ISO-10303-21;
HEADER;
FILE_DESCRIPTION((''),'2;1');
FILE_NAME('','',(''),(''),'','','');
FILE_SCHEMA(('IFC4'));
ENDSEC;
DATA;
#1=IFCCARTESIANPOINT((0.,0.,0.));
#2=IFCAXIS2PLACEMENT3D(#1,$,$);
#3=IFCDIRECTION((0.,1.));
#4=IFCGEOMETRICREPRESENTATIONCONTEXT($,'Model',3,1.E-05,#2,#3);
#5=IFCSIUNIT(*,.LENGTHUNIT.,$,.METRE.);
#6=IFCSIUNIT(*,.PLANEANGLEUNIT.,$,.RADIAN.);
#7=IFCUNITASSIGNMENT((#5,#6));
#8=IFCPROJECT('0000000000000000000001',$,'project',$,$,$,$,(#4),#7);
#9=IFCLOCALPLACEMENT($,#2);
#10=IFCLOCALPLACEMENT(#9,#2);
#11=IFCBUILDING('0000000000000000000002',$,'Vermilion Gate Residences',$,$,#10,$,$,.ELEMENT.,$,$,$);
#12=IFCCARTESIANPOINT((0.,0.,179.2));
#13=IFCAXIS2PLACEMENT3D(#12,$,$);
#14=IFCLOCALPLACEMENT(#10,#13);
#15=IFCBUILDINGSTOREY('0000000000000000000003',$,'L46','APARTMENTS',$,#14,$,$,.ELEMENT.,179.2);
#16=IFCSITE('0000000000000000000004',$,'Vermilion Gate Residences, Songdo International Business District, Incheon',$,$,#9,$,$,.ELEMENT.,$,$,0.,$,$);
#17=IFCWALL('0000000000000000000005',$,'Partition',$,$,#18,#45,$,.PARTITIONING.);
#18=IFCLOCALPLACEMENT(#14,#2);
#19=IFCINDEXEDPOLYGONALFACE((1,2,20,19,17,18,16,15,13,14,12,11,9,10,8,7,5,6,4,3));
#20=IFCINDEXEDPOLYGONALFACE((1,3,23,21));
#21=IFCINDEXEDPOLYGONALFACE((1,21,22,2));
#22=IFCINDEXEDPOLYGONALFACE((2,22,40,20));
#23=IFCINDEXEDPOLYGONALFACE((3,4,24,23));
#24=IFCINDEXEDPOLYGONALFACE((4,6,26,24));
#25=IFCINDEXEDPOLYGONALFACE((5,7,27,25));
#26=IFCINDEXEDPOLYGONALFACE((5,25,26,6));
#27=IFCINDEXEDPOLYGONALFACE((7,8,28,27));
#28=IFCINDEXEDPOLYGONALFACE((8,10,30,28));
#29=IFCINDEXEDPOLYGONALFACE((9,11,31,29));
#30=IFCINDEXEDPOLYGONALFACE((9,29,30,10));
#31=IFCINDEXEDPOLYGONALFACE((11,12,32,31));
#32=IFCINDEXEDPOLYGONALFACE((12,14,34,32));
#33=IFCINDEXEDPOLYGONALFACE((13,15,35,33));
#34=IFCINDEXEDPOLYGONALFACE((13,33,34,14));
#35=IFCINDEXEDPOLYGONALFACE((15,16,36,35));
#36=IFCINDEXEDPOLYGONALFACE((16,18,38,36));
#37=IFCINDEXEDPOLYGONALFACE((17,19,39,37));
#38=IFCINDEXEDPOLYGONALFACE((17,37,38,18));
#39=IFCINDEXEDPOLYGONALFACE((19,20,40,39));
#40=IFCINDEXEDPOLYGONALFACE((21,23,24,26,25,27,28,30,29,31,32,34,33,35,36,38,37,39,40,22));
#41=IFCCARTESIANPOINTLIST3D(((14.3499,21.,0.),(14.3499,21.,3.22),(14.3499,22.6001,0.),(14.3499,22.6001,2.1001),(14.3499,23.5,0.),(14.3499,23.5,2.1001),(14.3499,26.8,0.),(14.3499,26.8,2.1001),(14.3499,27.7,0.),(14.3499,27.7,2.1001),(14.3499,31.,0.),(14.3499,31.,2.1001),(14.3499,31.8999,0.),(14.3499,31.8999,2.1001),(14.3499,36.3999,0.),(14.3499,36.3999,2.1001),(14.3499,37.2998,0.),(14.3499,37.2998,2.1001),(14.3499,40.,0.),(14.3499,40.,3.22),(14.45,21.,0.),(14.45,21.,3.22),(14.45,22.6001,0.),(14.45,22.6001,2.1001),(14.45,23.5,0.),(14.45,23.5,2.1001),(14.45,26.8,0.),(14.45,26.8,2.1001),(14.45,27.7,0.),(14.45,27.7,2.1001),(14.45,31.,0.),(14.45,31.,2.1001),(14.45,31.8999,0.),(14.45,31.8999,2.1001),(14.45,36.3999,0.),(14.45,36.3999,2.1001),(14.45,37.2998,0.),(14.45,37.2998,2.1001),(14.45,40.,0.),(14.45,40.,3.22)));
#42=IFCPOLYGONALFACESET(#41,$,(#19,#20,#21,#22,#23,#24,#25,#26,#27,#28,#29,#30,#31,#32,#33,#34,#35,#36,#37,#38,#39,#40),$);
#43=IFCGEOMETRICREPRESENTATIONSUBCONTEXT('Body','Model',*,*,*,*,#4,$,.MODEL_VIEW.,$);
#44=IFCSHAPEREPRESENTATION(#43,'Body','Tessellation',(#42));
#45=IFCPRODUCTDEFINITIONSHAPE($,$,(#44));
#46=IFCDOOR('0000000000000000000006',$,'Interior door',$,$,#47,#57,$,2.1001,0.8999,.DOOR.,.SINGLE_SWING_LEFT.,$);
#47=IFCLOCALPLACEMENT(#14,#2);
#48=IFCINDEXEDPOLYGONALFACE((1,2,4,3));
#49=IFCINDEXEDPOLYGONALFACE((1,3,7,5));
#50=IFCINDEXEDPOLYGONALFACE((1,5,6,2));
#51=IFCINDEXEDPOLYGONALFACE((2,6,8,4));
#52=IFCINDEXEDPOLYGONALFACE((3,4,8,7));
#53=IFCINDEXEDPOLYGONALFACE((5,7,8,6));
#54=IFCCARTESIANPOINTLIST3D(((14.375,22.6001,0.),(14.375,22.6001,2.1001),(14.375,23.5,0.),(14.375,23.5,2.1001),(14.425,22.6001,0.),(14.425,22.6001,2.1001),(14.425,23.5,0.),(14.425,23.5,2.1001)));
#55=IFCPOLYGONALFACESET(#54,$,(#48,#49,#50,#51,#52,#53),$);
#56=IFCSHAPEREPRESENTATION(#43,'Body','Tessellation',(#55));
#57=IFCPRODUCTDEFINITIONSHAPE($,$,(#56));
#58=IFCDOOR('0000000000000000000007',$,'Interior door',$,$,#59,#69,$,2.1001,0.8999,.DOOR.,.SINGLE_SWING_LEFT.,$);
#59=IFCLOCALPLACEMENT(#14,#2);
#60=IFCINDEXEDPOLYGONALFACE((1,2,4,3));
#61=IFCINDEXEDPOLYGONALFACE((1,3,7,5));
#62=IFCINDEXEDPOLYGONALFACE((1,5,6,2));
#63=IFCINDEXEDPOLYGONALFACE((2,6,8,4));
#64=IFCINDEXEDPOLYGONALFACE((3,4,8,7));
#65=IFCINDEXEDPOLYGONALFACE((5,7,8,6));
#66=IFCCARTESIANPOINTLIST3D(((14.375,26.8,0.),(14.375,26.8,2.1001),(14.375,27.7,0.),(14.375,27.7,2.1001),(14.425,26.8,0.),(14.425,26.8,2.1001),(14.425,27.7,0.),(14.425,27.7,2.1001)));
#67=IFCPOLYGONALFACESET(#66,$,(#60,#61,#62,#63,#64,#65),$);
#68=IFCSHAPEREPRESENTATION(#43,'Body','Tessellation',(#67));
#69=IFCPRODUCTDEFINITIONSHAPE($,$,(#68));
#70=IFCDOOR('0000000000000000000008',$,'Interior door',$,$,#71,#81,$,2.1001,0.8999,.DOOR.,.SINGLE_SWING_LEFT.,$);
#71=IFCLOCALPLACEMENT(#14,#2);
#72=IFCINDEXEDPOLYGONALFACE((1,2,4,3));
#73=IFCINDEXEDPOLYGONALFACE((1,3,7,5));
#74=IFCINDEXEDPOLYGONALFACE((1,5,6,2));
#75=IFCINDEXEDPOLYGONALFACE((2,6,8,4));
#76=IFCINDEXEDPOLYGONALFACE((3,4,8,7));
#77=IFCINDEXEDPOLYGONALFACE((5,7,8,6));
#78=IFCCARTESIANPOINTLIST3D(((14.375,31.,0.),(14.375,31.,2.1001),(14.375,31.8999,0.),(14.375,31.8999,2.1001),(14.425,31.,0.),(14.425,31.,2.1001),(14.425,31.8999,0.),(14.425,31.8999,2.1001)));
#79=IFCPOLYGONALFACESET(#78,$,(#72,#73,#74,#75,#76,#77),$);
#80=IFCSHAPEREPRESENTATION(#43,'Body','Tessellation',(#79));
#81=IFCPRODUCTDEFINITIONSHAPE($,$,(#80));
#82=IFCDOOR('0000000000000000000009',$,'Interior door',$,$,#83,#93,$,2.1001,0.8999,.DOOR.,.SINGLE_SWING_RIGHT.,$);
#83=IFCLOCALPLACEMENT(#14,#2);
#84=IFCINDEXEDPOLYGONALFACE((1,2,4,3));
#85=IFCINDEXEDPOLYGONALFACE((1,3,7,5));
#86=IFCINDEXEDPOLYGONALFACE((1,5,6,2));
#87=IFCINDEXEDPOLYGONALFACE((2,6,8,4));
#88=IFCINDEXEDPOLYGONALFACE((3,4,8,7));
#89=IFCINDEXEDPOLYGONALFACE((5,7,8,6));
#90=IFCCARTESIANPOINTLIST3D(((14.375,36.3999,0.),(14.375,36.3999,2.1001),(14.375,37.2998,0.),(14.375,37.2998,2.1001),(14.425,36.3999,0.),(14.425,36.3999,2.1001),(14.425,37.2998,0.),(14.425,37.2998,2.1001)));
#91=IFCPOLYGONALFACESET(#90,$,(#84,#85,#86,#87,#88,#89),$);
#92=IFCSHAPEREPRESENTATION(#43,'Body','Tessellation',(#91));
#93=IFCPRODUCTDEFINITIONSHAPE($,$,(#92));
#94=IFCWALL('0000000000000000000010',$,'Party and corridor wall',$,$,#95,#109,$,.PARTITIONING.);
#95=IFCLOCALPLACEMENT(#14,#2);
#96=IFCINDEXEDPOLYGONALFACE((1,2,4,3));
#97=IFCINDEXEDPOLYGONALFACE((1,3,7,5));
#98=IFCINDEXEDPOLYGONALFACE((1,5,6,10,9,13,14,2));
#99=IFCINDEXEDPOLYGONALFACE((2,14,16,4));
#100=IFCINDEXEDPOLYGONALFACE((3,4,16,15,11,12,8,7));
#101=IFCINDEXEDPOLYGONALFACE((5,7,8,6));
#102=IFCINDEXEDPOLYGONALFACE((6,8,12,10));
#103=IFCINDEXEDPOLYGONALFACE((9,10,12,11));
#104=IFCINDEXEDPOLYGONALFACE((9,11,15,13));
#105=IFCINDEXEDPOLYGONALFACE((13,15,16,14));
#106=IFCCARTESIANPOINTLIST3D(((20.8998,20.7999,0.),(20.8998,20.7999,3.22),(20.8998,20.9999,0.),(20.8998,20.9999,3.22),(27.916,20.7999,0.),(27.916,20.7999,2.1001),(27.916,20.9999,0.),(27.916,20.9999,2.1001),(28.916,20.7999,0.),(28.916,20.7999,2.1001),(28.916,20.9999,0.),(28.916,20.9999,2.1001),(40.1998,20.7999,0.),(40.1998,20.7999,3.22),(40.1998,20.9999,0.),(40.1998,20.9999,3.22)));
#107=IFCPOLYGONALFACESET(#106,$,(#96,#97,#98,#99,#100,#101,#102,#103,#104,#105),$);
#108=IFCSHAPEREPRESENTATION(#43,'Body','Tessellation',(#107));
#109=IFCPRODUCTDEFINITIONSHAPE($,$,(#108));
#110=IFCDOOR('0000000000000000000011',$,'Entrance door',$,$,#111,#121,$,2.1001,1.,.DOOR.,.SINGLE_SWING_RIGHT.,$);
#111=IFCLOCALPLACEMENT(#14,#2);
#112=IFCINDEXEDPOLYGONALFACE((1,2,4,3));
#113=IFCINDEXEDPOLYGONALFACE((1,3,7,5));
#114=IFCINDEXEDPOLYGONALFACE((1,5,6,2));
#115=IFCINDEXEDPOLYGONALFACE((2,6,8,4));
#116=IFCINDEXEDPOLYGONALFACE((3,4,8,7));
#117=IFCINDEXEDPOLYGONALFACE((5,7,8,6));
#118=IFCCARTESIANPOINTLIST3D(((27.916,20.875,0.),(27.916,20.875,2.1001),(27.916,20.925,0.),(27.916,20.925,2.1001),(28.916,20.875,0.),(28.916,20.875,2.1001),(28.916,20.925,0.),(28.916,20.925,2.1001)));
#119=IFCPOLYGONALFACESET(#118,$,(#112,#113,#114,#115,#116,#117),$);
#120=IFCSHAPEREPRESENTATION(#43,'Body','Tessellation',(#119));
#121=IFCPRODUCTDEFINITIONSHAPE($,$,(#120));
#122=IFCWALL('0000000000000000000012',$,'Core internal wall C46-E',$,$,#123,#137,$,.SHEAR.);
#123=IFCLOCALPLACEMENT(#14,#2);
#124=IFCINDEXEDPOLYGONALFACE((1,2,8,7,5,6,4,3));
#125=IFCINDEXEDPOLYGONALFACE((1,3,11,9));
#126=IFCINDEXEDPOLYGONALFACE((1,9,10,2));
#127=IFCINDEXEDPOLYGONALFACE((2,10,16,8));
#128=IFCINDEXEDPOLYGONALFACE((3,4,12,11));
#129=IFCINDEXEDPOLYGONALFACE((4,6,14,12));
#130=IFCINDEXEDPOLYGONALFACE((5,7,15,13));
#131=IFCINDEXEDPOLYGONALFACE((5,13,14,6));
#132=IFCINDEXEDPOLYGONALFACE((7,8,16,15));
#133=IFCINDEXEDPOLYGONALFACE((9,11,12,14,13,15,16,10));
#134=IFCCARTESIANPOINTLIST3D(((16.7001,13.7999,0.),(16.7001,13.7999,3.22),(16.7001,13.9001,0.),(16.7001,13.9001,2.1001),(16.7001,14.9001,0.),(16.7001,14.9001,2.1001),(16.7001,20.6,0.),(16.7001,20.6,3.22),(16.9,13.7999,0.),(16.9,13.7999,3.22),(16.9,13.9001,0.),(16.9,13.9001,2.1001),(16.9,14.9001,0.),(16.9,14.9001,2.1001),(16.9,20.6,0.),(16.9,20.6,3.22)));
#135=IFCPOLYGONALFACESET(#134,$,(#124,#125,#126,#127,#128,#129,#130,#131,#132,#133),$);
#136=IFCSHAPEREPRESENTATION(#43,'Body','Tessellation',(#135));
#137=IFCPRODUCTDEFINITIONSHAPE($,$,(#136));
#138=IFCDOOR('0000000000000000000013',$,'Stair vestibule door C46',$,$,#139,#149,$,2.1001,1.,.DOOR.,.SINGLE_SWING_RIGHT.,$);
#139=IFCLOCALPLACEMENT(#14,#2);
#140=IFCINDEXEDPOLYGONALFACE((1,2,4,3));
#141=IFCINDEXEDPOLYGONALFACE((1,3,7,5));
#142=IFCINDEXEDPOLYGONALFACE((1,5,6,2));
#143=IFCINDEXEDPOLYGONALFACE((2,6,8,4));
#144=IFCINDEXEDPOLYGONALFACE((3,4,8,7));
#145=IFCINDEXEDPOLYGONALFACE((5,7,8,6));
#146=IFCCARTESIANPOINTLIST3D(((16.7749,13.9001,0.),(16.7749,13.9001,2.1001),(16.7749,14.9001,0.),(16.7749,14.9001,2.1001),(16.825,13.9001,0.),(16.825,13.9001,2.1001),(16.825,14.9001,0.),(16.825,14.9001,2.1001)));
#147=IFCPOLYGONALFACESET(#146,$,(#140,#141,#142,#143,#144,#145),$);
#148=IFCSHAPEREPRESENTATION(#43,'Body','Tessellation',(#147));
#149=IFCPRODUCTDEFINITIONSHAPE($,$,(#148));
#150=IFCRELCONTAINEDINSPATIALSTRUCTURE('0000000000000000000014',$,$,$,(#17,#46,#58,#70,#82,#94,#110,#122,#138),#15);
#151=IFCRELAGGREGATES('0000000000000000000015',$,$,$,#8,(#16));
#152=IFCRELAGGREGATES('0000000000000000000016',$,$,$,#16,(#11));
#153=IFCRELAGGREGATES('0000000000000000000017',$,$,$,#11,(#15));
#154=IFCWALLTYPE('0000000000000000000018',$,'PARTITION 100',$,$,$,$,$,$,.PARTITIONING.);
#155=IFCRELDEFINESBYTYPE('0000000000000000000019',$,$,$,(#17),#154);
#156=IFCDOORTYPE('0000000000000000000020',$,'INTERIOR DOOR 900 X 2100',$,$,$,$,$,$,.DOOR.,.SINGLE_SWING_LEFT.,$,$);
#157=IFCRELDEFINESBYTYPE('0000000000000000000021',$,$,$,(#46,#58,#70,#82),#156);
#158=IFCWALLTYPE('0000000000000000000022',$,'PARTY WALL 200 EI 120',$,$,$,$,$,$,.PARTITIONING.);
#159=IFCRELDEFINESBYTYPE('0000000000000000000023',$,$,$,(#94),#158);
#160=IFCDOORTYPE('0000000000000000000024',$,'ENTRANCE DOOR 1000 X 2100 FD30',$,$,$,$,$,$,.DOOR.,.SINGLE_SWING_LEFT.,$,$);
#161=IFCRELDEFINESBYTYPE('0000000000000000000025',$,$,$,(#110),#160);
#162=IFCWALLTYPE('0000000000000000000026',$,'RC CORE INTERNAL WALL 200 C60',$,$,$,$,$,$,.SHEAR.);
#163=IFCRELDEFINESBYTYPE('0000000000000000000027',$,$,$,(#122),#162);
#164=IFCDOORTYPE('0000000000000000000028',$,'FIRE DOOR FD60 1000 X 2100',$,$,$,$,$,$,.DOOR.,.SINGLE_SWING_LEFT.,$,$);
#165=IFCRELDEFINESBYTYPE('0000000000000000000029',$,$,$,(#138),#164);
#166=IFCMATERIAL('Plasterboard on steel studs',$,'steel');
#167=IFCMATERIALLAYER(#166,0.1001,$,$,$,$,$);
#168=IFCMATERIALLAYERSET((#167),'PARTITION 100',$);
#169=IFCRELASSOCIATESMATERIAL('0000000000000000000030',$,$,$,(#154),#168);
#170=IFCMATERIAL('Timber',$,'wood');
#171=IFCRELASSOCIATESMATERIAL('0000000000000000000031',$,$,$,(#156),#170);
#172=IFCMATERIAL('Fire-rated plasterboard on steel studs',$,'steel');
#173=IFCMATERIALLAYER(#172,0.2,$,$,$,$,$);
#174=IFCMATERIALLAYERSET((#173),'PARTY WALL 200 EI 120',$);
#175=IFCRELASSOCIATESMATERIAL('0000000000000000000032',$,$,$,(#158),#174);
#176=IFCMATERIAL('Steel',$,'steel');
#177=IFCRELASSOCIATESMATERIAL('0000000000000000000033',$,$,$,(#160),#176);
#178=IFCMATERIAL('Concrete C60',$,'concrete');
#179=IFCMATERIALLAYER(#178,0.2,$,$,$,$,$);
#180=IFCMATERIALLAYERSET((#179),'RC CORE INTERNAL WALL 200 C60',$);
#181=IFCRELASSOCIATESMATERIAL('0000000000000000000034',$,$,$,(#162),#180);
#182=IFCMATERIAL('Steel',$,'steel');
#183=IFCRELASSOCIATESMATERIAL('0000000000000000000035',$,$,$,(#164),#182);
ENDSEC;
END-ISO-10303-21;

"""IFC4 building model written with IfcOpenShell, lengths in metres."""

from ifc_helpers import new_model, si_unit, direction, frame, frame_2d, origin, place, context, subcontext, project, spatial, rectangle, extrude, material, layer, layer_set, type_object, element, fill, save


model = new_model("IFC4")

# Units and contexts
model_context = context("Model", 3, precision=1e-05, world=origin(), true_north=direction((0.0, 1.0)))
body_context = subcontext(model_context, "Body", "Model", "MODEL_VIEW")
ifc_project = project(units=[si_unit("LENGTHUNIT", "METRE"), si_unit("PLANEANGLEUNIT", "RADIAN")], contexts=[model_context])

# Site, building, storey
site_placement = place(None, origin())
site = spatial("IfcSite", under=ifc_project, at=site_placement, Name="Vermilion Gate Residences, Songdo International Business District, Incheon", CompositionType="ELEMENT", RefElevation=0.0)
building_placement = place(site_placement, origin())
building = spatial("IfcBuilding", under=site, at=building_placement, Name="Vermilion Gate Residences", CompositionType="ELEMENT")
storey_placement = place(building_placement, frame((0.0, 0.0, 179.2)))
storey = spatial("IfcBuildingStorey", under=building, at=storey_placement, Name="L46", Description="APARTMENTS", CompositionType="ELEMENT", Elevation=179.2)

# Wall, openings, doors
ifc_material_1 = material(Name="Plasterboard on steel studs", Category="steel")
ifc_layer_1 = layer(ifc_material_1, 0.1001)
ifc_layer_set_1 = layer_set([ifc_layer_1], Name="PARTITION 100")
wall_type_1 = type_object("IfcWallType", Name="PARTITION 100", PredefinedType="PARTITIONING", material=ifc_layer_set_1)
ifc_material_2 = material(Name="Timber", Category="wood")
door_type_1 = type_object("IfcDoorType", Name="INTERIOR DOOR 900 X 2100", OperationType="SINGLE_SWING_LEFT", PredefinedType="DOOR", material=ifc_material_2)
wall_1_placement = place(storey_placement, frame((14.3999, 21.0, 0.0), z_axis=(0.0, 0.0, 1.0), x_axis=(0.0, 1.0, 0.0)))
wall_1 = element("IfcWall", 1, at=wall_1_placement, inside=storey, type_object=wall_type_1, Name="Partition", PredefinedType="PARTITIONING", context=body_context, shape_type="SweptSolid", body=[
    extrude(rectangle(XDim=19.0, YDim=0.1001, at=frame_2d((9.5, 0.0))), origin(), (0.0, 0.0, 1.0), 3.22),
])
opening_1_placement = place(wall_1_placement, frame((1.6001, 0.0, 0.0)))
opening_1 = element("IfcOpeningElement", 2, at=opening_1_placement, cuts=wall_1, PredefinedType="OPENING", context=body_context, shape_type="SweptSolid", body=[
    extrude(rectangle(XDim=0.8999, YDim=2.1001, at=frame_2d((0.45, 1.05))), frame((0.0, 0.0601, 0.0), z_axis=(0.0, -1.0, 0.0), x_axis=(1.0, 0.0, 0.0)), (0.0, 0.0, 1.0), 0.1201),
])
opening_2_placement = place(wall_1_placement, frame((5.8, 0.0, 0.0)))
opening_2 = element("IfcOpeningElement", 3, at=opening_2_placement, cuts=wall_1, PredefinedType="OPENING", context=body_context, shape_type="SweptSolid", body=[
    extrude(rectangle(XDim=0.8999, YDim=2.1001, at=frame_2d((0.45, 1.05))), frame((0.0, 0.0601, 0.0), z_axis=(0.0, -1.0, 0.0), x_axis=(1.0, 0.0, 0.0)), (0.0, 0.0, 1.0), 0.1201),
])
opening_3_placement = place(wall_1_placement, frame((10.0, 0.0, 0.0)))
opening_3 = element("IfcOpeningElement", 4, at=opening_3_placement, cuts=wall_1, PredefinedType="OPENING", context=body_context, shape_type="SweptSolid", body=[
    extrude(rectangle(XDim=0.8999, YDim=2.1001, at=frame_2d((0.45, 1.05))), frame((0.0, 0.0601, 0.0), z_axis=(0.0, -1.0, 0.0), x_axis=(1.0, 0.0, 0.0)), (0.0, 0.0, 1.0), 0.1201),
])
opening_4_placement = place(wall_1_placement, frame((15.3999, 0.0, 0.0)))
opening_4 = element("IfcOpeningElement", 5, at=opening_4_placement, cuts=wall_1, PredefinedType="OPENING", context=body_context, shape_type="SweptSolid", body=[
    extrude(rectangle(XDim=0.8999, YDim=2.1001, at=frame_2d((0.45, 1.05))), frame((0.0, 0.0601, 0.0), z_axis=(0.0, -1.0, 0.0), x_axis=(1.0, 0.0, 0.0)), (0.0, 0.0, 1.0), 0.1201),
])
door_1_placement = place(opening_1_placement, origin())
door_1 = element("IfcDoor", 6, at=door_1_placement, inside=storey, type_object=door_type_1, Name="Interior door", OperationType="SINGLE_SWING_LEFT", OverallHeight=2.1001, OverallWidth=0.8999, PredefinedType="DOOR", context=body_context, shape_type="SweptSolid", body=[
    extrude(rectangle(XDim=0.8999, YDim=2.1001, at=frame_2d((0.45, 1.05))), frame((0.0, 0.0249, 0.0), z_axis=(0.0, -1.0, 0.0), x_axis=(1.0, 0.0, 0.0)), (0.0, 0.0, 1.0), 0.05),
])
fill(opening_1, door_1)
door_2_placement = place(opening_2_placement, origin())
door_2 = element("IfcDoor", 7, at=door_2_placement, inside=storey, type_object=door_type_1, Name="Interior door", OperationType="SINGLE_SWING_LEFT", OverallHeight=2.1001, OverallWidth=0.8999, PredefinedType="DOOR", context=body_context, shape_type="SweptSolid", body=[
    extrude(rectangle(XDim=0.8999, YDim=2.1001, at=frame_2d((0.45, 1.05))), frame((0.0, 0.0249, 0.0), z_axis=(0.0, -1.0, 0.0), x_axis=(1.0, 0.0, 0.0)), (0.0, 0.0, 1.0), 0.05),
])
fill(opening_2, door_2)
door_3_placement = place(opening_3_placement, origin())
door_3 = element("IfcDoor", 8, at=door_3_placement, inside=storey, type_object=door_type_1, Name="Interior door", OperationType="SINGLE_SWING_LEFT", OverallHeight=2.1001, OverallWidth=0.8999, PredefinedType="DOOR", context=body_context, shape_type="SweptSolid", body=[
    extrude(rectangle(XDim=0.8999, YDim=2.1001, at=frame_2d((0.45, 1.05))), frame((0.0, 0.0249, 0.0), z_axis=(0.0, -1.0, 0.0), x_axis=(1.0, 0.0, 0.0)), (0.0, 0.0, 1.0), 0.05),
])
fill(opening_3, door_3)
door_4_placement = place(opening_4_placement, origin())
door_4 = element("IfcDoor", 9, at=door_4_placement, inside=storey, type_object=door_type_1, Name="Interior door", OperationType="SINGLE_SWING_RIGHT", OverallHeight=2.1001, OverallWidth=0.8999, PredefinedType="DOOR", context=body_context, shape_type="SweptSolid", body=[
    extrude(rectangle(XDim=0.8999, YDim=2.1001, at=frame_2d((0.45, 1.05))), frame((0.0, 0.0249, 0.0), z_axis=(0.0, -1.0, 0.0), x_axis=(1.0, 0.0, 0.0)), (0.0, 0.0, 1.0), 0.05),
])
fill(opening_4, door_4)

# Walls, openings, doors
ifc_material_3 = material(Name="Fire-rated plasterboard on steel studs", Category="steel")
ifc_layer_2 = layer(ifc_material_3, 0.2)
ifc_layer_set_2 = layer_set([ifc_layer_2], Name="PARTY WALL 200 EI 120")
wall_type_2 = type_object("IfcWallType", Name="PARTY WALL 200 EI 120", PredefinedType="PARTITIONING", material=ifc_layer_set_2)
wall_2_placement = place(storey_placement, frame((20.8999, 20.8999, 0.0), z_axis=(0.0, 0.0, 1.0), x_axis=(1.0, 0.0, 0.0)))
wall_2 = element("IfcWall", 10, at=wall_2_placement, inside=storey, type_object=wall_type_2, Name="Party and corridor wall", PredefinedType="PARTITIONING", context=body_context, shape_type="SweptSolid", body=[
    extrude(rectangle(XDim=19.3, YDim=0.2, at=frame_2d((9.6499, 0.0))), origin(), (0.0, 0.0, 1.0), 3.22),
])
opening_5_placement = place(wall_2_placement, frame((7.0161, 0.0, 0.0)))
opening_5 = element("IfcOpeningElement", 11, at=opening_5_placement, cuts=wall_2, PredefinedType="OPENING", context=body_context, shape_type="SweptSolid", body=[
    extrude(rectangle(XDim=1.0, YDim=2.1001, at=frame_2d((0.5, 1.05))), frame((0.0, 0.1099, 0.0), z_axis=(0.0, -1.0, 0.0), x_axis=(1.0, 0.0, 0.0)), (0.0, 0.0, 1.0), 0.22),
])
ifc_material_4 = material(Name="Steel", Category="steel")
door_type_2 = type_object("IfcDoorType", Name="ENTRANCE DOOR 1000 X 2100 FD30", OperationType="SINGLE_SWING_LEFT", PredefinedType="DOOR", material=ifc_material_4)
door_5_placement = place(opening_5_placement, frame((1.0, 0.0, 0.0), z_axis=(0.0, 0.0, 1.0), x_axis=(-1.0, 0.0, 0.0)))
door_5 = element("IfcDoor", 12, at=door_5_placement, inside=storey, type_object=door_type_2, Name="Entrance door", OperationType="SINGLE_SWING_RIGHT", OverallHeight=2.1001, OverallWidth=1.0, PredefinedType="DOOR", context=body_context, shape_type="SweptSolid", body=[
    extrude(rectangle(XDim=1.0, YDim=2.1001, at=frame_2d((0.5, 1.05))), frame((0.0, 0.0249, 0.0), z_axis=(0.0, -1.0, 0.0), x_axis=(1.0, 0.0, 0.0)), (0.0, 0.0, 1.0), 0.05),
])
fill(opening_5, door_5)
ifc_material_5 = material(Name="Concrete C60", Category="concrete")
ifc_layer_3 = layer(ifc_material_5, 0.2)
ifc_layer_set_3 = layer_set([ifc_layer_3], Name="RC CORE INTERNAL WALL 200 C60")
wall_type_3 = type_object("IfcWallType", Name="RC CORE INTERNAL WALL 200 C60", PredefinedType="SHEAR", material=ifc_layer_set_3)
wall_3_placement = place(storey_placement, frame((16.8, 13.8, 0.0), z_axis=(0.0, 0.0, 1.0), x_axis=(0.0, 1.0, 0.0)))
wall_3 = element("IfcWall", 13, at=wall_3_placement, inside=storey, type_object=wall_type_3, Name="Core internal wall C46-E", PredefinedType="SHEAR", context=body_context, shape_type="SweptSolid", body=[
    extrude(rectangle(XDim=6.8, YDim=0.2, at=frame_2d((3.3999, 0.0))), origin(), (0.0, 0.0, 1.0), 3.22),
])
opening_6_placement = place(wall_3_placement, frame((0.1001, 0.0, 0.0)))
opening_6 = element("IfcOpeningElement", 14, at=opening_6_placement, cuts=wall_3, PredefinedType="OPENING", context=body_context, shape_type="SweptSolid", body=[
    extrude(rectangle(XDim=1.0, YDim=2.1001, at=frame_2d((0.5, 1.05))), frame((0.0, 0.1099, 0.0), z_axis=(0.0, -1.0, 0.0), x_axis=(1.0, 0.0, 0.0)), (0.0, 0.0, 1.0), 0.22),
])
ifc_material_6 = material(Name="Steel", Category="steel")
door_type_3 = type_object("IfcDoorType", Name="FIRE DOOR FD60 1000 X 2100", OperationType="SINGLE_SWING_LEFT", PredefinedType="DOOR", material=ifc_material_6)
door_6_placement = place(opening_6_placement, frame((1.0, 0.0, 0.0), z_axis=(0.0, 0.0, 1.0), x_axis=(-1.0, 0.0, 0.0)))
door_6 = element("IfcDoor", 15, at=door_6_placement, inside=storey, type_object=door_type_3, Name="Stair vestibule door C46", OperationType="SINGLE_SWING_RIGHT", OverallHeight=2.1001, OverallWidth=1.0, PredefinedType="DOOR", context=body_context, shape_type="SweptSolid", body=[
    extrude(rectangle(XDim=1.0, YDim=2.1001, at=frame_2d((0.5, 1.05))), frame((0.0, 0.0249, 0.0), z_axis=(0.0, -1.0, 0.0), x_axis=(1.0, 0.0, 0.0)), (0.0, 0.0, 1.0), 0.05),
])
fill(opening_6, door_6)

save(model, "model.ifc")
